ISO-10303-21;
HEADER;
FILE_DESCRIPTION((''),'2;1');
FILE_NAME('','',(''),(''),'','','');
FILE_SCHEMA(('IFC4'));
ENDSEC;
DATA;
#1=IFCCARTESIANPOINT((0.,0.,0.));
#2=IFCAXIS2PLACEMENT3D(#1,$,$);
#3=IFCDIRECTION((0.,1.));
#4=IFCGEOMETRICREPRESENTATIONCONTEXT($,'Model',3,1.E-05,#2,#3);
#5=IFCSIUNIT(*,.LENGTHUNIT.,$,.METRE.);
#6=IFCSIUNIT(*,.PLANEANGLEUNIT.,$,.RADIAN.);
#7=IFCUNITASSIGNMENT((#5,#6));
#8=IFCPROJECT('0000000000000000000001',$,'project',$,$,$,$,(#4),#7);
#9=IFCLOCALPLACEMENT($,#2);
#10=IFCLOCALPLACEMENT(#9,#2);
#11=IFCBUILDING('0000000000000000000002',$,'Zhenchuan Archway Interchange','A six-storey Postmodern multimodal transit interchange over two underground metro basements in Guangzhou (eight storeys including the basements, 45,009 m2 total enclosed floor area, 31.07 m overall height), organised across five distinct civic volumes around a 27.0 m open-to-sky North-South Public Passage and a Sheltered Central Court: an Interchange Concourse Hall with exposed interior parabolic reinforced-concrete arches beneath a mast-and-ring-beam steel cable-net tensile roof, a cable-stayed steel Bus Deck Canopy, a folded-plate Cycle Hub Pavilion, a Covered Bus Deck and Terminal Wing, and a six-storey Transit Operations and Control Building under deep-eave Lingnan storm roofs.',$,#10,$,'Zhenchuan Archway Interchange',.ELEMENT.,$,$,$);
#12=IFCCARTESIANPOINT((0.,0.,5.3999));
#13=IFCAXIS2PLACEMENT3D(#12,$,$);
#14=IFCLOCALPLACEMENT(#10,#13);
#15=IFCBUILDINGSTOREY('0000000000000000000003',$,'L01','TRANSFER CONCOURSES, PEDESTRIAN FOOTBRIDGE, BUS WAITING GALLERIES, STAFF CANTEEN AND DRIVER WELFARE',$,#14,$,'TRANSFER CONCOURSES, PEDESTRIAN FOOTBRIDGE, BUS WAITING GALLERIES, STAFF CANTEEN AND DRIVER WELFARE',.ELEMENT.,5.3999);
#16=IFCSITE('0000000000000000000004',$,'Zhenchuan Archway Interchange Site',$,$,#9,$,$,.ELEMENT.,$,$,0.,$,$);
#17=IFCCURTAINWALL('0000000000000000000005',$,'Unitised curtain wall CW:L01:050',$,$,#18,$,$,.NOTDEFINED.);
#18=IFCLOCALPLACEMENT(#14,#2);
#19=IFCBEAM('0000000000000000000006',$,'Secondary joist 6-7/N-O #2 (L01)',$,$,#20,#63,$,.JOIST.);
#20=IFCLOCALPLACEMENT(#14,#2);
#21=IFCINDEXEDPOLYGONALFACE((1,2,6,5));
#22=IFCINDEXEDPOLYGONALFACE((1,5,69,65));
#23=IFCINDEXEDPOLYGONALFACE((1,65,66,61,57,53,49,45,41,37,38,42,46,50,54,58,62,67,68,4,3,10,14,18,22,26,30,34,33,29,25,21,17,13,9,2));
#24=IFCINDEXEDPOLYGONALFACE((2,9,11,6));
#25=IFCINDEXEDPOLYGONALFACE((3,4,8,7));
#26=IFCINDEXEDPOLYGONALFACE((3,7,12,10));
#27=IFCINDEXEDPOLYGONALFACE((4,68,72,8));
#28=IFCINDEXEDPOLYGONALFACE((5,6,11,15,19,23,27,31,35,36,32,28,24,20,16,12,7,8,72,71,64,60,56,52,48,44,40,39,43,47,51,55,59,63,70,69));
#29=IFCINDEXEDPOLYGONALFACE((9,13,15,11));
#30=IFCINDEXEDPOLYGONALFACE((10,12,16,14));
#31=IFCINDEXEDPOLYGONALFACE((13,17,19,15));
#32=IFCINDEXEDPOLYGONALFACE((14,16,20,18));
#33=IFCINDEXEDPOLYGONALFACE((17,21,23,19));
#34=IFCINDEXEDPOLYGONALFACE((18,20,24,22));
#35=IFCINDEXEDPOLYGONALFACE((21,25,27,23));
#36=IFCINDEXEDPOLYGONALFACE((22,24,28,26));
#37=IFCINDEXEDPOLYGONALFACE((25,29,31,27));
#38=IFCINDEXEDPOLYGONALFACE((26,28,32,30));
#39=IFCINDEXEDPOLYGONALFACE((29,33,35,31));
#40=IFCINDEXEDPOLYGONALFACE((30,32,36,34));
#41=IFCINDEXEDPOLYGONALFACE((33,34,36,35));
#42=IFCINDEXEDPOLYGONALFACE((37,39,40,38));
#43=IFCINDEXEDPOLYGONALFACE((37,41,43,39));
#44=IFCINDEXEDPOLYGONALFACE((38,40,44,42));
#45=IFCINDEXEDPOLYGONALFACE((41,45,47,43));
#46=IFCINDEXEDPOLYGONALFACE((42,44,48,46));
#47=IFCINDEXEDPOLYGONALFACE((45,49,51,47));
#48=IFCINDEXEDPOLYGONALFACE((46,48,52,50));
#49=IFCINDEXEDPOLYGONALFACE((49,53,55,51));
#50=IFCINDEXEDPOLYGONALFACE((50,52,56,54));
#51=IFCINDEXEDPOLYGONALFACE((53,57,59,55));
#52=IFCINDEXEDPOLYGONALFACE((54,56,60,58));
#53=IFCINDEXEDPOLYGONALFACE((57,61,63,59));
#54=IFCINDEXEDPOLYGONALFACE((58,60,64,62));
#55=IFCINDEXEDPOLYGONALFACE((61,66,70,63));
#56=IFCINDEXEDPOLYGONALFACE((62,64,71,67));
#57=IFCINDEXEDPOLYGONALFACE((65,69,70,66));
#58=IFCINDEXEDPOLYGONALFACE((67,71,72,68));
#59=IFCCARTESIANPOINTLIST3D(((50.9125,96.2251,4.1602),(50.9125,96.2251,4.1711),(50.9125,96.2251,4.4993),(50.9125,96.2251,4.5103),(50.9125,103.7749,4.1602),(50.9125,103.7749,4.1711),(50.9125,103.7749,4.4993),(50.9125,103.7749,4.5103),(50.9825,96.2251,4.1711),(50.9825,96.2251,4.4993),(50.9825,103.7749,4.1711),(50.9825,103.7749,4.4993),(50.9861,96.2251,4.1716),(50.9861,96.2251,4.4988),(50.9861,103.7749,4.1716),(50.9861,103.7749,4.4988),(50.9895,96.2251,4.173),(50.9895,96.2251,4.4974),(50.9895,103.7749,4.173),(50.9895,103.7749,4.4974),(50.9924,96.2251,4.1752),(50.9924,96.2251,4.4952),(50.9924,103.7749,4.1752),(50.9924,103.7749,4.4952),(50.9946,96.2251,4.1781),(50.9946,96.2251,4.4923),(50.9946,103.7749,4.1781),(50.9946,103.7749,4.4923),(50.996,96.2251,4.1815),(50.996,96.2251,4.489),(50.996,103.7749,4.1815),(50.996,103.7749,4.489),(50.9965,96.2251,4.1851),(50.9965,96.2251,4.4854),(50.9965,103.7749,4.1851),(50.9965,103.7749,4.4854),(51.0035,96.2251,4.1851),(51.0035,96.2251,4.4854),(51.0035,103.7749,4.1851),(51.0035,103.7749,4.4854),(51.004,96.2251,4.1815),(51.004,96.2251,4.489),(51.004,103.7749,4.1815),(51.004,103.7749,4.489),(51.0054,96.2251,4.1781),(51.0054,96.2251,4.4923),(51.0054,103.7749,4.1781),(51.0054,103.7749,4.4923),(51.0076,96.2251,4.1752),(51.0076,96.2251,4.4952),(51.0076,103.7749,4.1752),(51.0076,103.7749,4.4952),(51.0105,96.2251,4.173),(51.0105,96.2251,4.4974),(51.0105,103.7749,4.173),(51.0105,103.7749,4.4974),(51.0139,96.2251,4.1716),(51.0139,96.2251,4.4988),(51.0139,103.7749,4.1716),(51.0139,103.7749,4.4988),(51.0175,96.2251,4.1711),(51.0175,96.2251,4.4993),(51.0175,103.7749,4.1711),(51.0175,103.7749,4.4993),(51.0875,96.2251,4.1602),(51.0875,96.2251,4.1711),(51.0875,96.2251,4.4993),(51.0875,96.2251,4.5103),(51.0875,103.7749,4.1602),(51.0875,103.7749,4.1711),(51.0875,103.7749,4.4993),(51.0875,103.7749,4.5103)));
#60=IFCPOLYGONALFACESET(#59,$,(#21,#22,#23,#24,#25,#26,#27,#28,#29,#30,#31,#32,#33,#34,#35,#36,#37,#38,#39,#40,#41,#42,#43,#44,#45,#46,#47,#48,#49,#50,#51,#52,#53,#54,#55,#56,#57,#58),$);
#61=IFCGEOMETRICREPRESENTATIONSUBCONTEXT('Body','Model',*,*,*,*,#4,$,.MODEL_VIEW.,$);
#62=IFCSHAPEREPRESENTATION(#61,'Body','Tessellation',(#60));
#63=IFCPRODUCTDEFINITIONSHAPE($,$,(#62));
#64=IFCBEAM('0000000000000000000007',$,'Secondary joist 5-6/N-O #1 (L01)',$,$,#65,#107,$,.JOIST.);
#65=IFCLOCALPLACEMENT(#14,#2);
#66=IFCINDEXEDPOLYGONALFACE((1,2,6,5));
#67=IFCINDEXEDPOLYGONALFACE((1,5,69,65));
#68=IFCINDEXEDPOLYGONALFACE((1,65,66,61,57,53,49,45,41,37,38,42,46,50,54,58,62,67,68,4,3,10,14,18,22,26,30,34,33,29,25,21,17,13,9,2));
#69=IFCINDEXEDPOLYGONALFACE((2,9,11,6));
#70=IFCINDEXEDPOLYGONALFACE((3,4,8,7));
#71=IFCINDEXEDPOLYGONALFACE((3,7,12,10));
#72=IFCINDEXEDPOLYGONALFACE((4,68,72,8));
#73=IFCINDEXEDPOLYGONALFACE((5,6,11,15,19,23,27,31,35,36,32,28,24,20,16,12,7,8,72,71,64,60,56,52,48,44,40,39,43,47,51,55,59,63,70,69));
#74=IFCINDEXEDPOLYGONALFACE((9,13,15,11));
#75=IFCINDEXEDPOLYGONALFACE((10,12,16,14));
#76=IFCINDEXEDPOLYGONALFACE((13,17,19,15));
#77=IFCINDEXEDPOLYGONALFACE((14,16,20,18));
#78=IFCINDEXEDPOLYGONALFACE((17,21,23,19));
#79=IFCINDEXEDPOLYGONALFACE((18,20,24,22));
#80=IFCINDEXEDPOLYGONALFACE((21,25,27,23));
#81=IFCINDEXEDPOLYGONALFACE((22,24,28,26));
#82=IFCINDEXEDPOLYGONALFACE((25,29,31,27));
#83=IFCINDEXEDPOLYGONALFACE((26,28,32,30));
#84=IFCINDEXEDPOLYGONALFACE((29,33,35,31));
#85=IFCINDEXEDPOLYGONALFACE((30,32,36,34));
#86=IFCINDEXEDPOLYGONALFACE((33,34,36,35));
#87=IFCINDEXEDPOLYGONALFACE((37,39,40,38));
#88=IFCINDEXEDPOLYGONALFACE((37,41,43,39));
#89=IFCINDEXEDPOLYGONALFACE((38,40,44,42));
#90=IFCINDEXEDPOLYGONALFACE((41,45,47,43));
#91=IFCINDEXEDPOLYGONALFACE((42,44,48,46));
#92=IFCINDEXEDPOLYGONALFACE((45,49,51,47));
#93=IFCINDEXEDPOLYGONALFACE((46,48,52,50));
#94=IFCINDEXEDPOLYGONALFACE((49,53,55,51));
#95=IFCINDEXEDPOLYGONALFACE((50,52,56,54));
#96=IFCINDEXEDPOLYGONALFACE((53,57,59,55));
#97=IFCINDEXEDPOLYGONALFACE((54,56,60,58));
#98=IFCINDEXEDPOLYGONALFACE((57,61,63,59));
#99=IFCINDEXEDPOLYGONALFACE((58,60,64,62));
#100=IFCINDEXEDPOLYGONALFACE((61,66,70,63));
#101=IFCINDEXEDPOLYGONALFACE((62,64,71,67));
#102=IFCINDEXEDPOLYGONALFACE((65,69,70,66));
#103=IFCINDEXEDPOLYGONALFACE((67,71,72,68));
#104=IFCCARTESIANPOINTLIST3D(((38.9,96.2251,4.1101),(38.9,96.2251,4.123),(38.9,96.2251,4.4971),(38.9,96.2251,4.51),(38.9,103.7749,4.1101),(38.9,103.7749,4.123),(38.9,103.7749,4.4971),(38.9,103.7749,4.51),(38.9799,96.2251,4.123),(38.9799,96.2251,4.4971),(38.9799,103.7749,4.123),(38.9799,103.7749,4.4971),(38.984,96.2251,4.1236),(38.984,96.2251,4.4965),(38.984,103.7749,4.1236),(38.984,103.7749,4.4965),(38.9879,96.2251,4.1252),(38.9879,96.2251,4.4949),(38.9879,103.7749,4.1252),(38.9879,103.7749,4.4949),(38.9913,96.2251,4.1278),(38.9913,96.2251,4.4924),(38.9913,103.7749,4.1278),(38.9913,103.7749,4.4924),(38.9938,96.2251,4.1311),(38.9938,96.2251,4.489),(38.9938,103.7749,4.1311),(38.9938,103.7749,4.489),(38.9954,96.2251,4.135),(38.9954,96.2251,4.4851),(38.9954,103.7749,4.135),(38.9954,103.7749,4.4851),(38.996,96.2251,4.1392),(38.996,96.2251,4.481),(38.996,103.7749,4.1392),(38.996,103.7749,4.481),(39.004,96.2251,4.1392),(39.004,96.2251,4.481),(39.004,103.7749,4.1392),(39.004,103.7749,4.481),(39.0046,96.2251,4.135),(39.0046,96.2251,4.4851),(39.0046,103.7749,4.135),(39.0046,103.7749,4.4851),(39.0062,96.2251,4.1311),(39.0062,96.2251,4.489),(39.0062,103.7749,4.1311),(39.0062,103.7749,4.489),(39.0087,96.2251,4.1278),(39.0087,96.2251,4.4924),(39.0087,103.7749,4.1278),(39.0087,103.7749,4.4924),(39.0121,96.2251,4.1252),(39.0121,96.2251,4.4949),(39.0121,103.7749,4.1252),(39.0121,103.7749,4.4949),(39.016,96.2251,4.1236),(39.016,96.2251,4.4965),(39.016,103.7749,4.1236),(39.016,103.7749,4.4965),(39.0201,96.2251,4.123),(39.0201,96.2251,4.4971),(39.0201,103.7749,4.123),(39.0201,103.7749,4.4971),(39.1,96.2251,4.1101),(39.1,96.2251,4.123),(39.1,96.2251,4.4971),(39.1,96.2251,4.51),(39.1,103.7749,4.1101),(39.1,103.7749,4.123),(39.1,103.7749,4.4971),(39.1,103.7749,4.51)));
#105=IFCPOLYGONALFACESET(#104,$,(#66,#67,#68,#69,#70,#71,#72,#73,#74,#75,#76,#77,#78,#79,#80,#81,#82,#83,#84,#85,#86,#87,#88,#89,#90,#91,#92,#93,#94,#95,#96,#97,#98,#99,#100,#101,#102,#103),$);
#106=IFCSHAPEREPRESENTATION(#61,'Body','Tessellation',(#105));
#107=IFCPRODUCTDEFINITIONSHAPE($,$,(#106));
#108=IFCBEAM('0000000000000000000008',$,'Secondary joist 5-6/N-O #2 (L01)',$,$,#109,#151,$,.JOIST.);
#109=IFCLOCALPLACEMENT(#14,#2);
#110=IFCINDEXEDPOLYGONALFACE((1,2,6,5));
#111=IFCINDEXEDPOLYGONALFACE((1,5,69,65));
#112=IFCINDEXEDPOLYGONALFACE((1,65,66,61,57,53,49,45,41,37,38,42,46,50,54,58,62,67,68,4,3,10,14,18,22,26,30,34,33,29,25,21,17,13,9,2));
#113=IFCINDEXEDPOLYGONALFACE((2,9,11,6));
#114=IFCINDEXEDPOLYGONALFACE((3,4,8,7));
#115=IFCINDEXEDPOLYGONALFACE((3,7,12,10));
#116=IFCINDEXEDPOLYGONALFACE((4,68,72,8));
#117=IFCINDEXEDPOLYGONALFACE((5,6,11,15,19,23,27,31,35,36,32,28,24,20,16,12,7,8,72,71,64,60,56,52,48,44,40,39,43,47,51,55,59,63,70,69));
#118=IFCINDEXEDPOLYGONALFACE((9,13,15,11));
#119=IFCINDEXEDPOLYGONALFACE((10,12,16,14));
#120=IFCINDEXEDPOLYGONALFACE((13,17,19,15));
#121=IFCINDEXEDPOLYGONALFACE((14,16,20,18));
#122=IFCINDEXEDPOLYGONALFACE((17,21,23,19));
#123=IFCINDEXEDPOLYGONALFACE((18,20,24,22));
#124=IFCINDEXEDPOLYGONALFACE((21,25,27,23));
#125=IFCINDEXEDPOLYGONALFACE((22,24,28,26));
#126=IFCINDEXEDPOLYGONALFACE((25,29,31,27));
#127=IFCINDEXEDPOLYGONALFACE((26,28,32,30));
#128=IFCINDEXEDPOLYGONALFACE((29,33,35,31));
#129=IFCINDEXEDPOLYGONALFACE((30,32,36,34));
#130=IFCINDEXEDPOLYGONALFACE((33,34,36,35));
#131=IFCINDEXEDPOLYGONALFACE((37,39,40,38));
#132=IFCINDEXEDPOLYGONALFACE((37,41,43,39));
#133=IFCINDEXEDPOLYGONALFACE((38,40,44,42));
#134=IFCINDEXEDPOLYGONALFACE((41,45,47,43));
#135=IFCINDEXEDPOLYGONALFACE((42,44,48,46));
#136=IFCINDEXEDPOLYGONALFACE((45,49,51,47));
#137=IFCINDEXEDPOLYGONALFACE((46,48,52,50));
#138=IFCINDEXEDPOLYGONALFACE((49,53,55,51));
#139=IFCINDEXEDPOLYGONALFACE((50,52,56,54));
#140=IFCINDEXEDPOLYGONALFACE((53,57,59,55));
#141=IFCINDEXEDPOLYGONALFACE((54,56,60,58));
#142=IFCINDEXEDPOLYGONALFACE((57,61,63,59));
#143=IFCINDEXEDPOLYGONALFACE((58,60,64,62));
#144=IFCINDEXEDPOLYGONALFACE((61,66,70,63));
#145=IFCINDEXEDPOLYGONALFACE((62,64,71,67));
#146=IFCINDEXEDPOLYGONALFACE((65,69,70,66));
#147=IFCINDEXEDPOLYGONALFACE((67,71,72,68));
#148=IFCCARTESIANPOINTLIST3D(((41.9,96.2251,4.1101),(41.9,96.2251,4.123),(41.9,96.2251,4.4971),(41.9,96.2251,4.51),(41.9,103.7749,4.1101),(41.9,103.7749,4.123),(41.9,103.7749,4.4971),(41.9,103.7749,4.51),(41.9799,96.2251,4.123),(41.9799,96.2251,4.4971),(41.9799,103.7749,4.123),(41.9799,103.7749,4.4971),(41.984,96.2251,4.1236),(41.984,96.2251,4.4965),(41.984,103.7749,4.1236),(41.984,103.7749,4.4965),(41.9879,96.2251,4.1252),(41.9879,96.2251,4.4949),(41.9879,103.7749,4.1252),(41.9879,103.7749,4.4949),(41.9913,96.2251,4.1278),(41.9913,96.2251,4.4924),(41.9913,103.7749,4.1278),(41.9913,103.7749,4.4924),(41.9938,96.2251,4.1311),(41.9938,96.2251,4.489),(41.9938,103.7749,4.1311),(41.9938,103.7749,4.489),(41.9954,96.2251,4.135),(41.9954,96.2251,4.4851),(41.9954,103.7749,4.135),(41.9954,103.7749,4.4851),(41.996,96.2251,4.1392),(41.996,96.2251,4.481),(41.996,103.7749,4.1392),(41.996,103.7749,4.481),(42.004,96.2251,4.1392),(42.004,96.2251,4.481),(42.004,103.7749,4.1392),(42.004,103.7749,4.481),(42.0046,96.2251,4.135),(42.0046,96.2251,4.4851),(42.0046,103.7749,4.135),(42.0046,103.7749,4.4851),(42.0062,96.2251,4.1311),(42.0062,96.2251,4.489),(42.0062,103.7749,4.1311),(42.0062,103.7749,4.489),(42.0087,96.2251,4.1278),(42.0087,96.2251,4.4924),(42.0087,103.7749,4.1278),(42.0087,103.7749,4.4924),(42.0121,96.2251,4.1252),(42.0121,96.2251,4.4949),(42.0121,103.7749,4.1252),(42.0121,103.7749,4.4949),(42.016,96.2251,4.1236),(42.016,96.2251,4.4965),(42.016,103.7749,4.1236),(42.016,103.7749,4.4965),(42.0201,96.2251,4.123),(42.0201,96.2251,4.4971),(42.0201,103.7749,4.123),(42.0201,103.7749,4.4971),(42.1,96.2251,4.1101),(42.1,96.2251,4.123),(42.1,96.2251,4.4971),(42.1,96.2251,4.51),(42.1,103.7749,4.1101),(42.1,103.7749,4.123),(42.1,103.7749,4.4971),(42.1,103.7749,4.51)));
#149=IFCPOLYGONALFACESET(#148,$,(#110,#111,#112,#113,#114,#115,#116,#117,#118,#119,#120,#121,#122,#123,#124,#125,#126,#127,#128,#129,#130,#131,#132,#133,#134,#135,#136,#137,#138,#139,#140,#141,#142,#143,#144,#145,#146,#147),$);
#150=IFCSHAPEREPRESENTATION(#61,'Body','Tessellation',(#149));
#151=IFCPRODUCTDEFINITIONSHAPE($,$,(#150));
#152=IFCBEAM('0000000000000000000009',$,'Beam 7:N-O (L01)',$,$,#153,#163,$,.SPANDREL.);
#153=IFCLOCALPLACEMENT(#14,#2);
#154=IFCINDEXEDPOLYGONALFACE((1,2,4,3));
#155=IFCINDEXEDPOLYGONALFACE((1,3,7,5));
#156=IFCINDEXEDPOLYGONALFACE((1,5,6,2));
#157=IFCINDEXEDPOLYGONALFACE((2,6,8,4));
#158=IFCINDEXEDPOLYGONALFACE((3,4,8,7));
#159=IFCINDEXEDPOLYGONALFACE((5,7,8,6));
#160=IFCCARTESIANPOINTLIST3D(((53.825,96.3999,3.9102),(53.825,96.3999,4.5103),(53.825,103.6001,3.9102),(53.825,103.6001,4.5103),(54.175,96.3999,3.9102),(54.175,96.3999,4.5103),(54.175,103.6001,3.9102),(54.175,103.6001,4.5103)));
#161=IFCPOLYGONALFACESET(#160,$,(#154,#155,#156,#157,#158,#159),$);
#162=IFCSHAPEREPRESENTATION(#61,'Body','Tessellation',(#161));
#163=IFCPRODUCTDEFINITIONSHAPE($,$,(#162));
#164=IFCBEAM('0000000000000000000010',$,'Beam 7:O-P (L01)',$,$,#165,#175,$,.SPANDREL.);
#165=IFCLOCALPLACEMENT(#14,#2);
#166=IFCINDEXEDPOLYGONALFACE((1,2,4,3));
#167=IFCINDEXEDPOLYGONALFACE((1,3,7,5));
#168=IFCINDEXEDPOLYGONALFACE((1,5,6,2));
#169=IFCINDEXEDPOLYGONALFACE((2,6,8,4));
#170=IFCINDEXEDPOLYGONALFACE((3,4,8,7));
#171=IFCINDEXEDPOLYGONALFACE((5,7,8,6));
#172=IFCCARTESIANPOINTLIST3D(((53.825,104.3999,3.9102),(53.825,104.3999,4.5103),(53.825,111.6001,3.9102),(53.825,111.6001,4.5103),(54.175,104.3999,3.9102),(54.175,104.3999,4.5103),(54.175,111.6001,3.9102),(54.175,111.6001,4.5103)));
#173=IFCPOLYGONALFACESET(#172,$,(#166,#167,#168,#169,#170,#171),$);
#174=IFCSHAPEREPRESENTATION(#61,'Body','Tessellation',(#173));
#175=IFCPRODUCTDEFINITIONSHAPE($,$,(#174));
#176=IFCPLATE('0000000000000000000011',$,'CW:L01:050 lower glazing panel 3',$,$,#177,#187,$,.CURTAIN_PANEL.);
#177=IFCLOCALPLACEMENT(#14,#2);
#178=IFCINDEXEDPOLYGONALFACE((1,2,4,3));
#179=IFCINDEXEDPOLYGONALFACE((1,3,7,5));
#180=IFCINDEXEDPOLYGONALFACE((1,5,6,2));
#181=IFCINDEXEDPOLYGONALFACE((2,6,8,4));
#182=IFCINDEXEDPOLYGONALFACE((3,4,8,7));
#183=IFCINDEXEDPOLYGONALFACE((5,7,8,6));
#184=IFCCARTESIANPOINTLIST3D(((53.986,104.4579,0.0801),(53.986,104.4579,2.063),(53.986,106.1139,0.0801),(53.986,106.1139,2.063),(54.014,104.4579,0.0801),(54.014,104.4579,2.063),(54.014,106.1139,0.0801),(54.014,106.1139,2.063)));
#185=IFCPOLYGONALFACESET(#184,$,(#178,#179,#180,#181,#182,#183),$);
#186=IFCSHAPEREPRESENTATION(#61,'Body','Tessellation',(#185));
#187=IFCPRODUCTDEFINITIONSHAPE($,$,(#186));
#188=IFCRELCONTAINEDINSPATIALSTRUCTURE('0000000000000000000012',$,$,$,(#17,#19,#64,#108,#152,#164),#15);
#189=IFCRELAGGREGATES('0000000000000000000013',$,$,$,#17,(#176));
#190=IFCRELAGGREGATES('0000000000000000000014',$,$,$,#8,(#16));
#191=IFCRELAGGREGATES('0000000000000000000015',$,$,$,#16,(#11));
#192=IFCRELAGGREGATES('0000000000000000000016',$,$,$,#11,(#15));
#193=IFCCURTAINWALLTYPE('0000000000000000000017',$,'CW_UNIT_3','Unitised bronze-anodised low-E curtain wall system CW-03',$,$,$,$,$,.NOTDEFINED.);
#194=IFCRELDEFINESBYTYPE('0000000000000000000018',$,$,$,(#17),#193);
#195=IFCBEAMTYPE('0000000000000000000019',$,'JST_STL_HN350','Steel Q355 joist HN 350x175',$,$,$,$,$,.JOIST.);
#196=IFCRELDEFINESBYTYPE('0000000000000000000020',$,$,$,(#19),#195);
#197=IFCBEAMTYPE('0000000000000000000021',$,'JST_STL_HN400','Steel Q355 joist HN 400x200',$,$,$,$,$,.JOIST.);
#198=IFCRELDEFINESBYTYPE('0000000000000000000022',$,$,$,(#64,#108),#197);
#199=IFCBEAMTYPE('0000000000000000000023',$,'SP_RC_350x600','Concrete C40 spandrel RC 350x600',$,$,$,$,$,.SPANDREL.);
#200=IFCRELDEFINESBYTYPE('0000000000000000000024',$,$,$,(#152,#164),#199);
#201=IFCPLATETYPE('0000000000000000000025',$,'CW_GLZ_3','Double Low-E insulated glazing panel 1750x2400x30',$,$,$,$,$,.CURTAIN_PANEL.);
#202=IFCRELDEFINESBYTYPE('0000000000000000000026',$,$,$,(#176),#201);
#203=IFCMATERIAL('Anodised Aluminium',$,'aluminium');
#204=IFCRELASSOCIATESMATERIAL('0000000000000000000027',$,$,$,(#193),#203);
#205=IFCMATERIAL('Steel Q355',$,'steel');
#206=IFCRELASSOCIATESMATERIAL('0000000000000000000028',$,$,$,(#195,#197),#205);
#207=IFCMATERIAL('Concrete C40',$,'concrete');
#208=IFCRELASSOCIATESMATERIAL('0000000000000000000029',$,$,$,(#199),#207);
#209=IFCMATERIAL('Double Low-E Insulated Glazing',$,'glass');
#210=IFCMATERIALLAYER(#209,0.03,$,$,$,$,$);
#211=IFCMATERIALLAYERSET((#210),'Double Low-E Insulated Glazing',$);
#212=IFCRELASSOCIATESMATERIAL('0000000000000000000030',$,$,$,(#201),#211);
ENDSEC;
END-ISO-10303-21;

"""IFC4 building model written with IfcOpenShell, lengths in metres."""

from ifc_helpers import new_model, si_unit, direction, frame, origin, origin_2d, place, context, subcontext, project, spatial, rectangle, i_section, extrude, material, layer, layer_set, material_profile, profile_set, type_object, element, aggregate, save


model = new_model("IFC4")

# Units and contexts
model_context = context("Model", 3, precision=1e-05, world=origin(), true_north=direction((0.0, 1.0)))
body_context = subcontext(model_context, "Body", "Model", "MODEL_VIEW")
ifc_project = project(units=[si_unit("LENGTHUNIT", "METRE"), si_unit("PLANEANGLEUNIT", "RADIAN")], contexts=[model_context])

# Site, building, storey
site_placement = place(None, origin())
site = spatial("IfcSite", under=ifc_project, at=site_placement, Name="Zhenchuan Archway Interchange Site", CompositionType="ELEMENT", RefElevation=0.0)
building_placement = place(site_placement, origin())
building = spatial("IfcBuilding", under=site, at=building_placement, Name="Zhenchuan Archway Interchange", Description="A six-storey Postmodern multimodal transit interchange over two underground metro basements in Guangzhou (eight storeys including the basements, 45,009 m2 total enclosed floor area, 31.07 m overall height), organised across five distinct civic volumes around a 27.0 m open-to-sky North-South Public Passage and a Sheltered Central Court: an Interchange Concourse Hall with exposed interior parabolic reinforced-concrete arches beneath a mast-and-ring-beam steel cable-net tensile roof, a cable-stayed steel Bus Deck Canopy, a folded-plate Cycle Hub Pavilion, a Covered Bus Deck and Terminal Wing, and a six-storey Transit Operations and Control Building under deep-eave Lingnan storm roofs.", LongName="Zhenchuan Archway Interchange", CompositionType="ELEMENT")
storey_placement = place(building_placement, frame((0.0, 0.0, 5.3999)))
storey = spatial("IfcBuildingStorey", under=building, at=storey_placement, Name="L01", Description="TRANSFER CONCOURSES, PEDESTRIAN FOOTBRIDGE, BUS WAITING GALLERIES, STAFF CANTEEN AND DRIVER WELFARE", LongName="TRANSFER CONCOURSES, PEDESTRIAN FOOTBRIDGE, BUS WAITING GALLERIES, STAFF CANTEEN AND DRIVER WELFARE", CompositionType="ELEMENT", Elevation=5.3999)

# Shared definitions
ifc_material_1 = material(Name="Concrete C40", Category="concrete")

# Curtain wall
ifc_material_2 = material(Name="Anodised Aluminium", Category="aluminium")
curtain_wall_type = type_object("IfcCurtainWallType", Name="CW_UNIT_3", Description="Unitised bronze-anodised low-E curtain wall system CW-03", PredefinedType="NOTDEFINED", material=ifc_material_2)
curtain_wall_placement = place(storey_placement, origin())
curtain_wall = element("IfcCurtainWall", 1, at=curtain_wall_placement, inside=storey, type_object=curtain_wall_type, Name="Unitised curtain wall CW:L01:050", PredefinedType="NOTDEFINED")

# Beams
ifc_material_3 = material(Name="Steel Q355", Category="steel")
ifc_material_profile_1 = material_profile(ifc_material_3, i_section(OverallWidth=0.175, OverallDepth=0.3501, WebThickness=0.0071, FlangeThickness=0.011, FilletRadius=0.0139, at=origin_2d()), Name="HN 350x175")
ifc_profile_set_1 = profile_set([ifc_material_profile_1], Name="Steel Q355")
beam_type_1 = type_object("IfcBeamType", Name="JST_STL_HN350", Description="Steel Q355 joist HN 350x175", PredefinedType="JOIST", material=ifc_profile_set_1)
for number, where, z_axis, x_axis, name in (
    (2, (51.0, 96.2251, 4.3352), (0.0, 1.0, 0.0), (-1.0, 0.0, 0.0), "Secondary joist 6-7/N-O #2 (L01)"),
):
    element("IfcBeam", number, at=place(storey_placement, frame(where, z_axis=z_axis, x_axis=x_axis)), inside=storey, type_object=beam_type_1, Name=name, PredefinedType="JOIST", context=body_context, shape_type="SweptSolid", body=[
        extrude(i_section(OverallWidth=0.175, OverallDepth=0.3501, WebThickness=0.0071, FlangeThickness=0.011, FilletRadius=0.0139, at=origin_2d()), origin(), (0.0, 0.0, 1.0), 7.5498),
    ])
ifc_material_profile_2 = material_profile(ifc_material_3, i_section(OverallWidth=0.2, OverallDepth=0.3999, WebThickness=0.0081, FlangeThickness=0.0129, FilletRadius=0.0161, at=origin_2d()), Name="HN 400x200")
ifc_profile_set_2 = profile_set([ifc_material_profile_2], Name="Steel Q355")
beam_type_2 = type_object("IfcBeamType", Name="JST_STL_HN400", Description="Steel Q355 joist HN 400x200", PredefinedType="JOIST", material=ifc_profile_set_2)
for number, where, z_axis, x_axis, name in (
    (3, (39.0, 96.2251, 4.3101), (0.0, 1.0, 0.0), (-1.0, 0.0, 0.0), "Secondary joist 5-6/N-O #1 (L01)"),
    (4, (42.0, 96.2251, 4.3101), (0.0, 1.0, 0.0), (-1.0, 0.0, 0.0), "Secondary joist 5-6/N-O #2 (L01)"),
):
    element("IfcBeam", number, at=place(storey_placement, frame(where, z_axis=z_axis, x_axis=x_axis)), inside=storey, type_object=beam_type_2, Name=name, PredefinedType="JOIST", context=body_context, shape_type="SweptSolid", body=[
        extrude(i_section(OverallWidth=0.2, OverallDepth=0.3999, WebThickness=0.0081, FlangeThickness=0.0129, FilletRadius=0.0161, at=origin_2d()), origin(), (0.0, 0.0, 1.0), 7.5498),
    ])
ifc_material_profile_3 = material_profile(ifc_material_1, rectangle(XDim=0.3501, YDim=0.6001, at=origin_2d()), Name="RC 350x600")
ifc_profile_set_3 = profile_set([ifc_material_profile_3], Name="Concrete C40")
beam_type_3 = type_object("IfcBeamType", Name="SP_RC_350x600", Description="Concrete C40 spandrel RC 350x600", PredefinedType="SPANDREL", material=ifc_profile_set_3)
for number, where, z_axis, x_axis, name in (
    (5, (54.0, 96.3999, 4.2102), (0.0, 1.0, 0.0), (-1.0, 0.0, 0.0), "Beam 7:N-O (L01)"),
    (6, (54.0, 104.3999, 4.2102), (0.0, 1.0, 0.0), (-1.0, 0.0, 0.0), "Beam 7:O-P (L01)"),
):
    element("IfcBeam", number, at=place(storey_placement, frame(where, z_axis=z_axis, x_axis=x_axis)), inside=storey, type_object=beam_type_3, Name=name, PredefinedType="SPANDREL", context=body_context, shape_type="SweptSolid", body=[
        extrude(rectangle(XDim=0.3501, YDim=0.6001, at=origin_2d()), origin(), (0.0, 0.0, 1.0), 7.2002),
    ])

# Plate
ifc_material_4 = material(Name="Double Low-E Insulated Glazing", Category="glass")
ifc_layer_1 = layer(ifc_material_4, 0.03)
ifc_layer_set_1 = layer_set([ifc_layer_1], Name="Double Low-E Insulated Glazing")
plate_type_1 = type_object("IfcPlateType", Name="CW_GLZ_3", Description="Double Low-E insulated glazing panel 1750x2400x30", PredefinedType="CURTAIN_PANEL", material=ifc_layer_set_1)
plate_1_placement = place(storey_placement, frame((54.0, 105.2859, 0.0801), z_axis=(0.0, 0.0, 1.0), x_axis=(0.0, -1.0, 0.0)))
plate_1 = element("IfcPlate", 7, at=plate_1_placement, type_object=plate_type_1, Name="CW:L01:050 lower glazing panel 3", PredefinedType="CURTAIN_PANEL", context=body_context, shape_type="SweptSolid", body=[
    extrude(rectangle(XDim=1.656, YDim=0.0281, at=origin_2d()), origin(), (0.0, 0.0, 1.0), 1.9829),
])
aggregate(curtain_wall, [plate_1])

save(model, "model.ifc")
